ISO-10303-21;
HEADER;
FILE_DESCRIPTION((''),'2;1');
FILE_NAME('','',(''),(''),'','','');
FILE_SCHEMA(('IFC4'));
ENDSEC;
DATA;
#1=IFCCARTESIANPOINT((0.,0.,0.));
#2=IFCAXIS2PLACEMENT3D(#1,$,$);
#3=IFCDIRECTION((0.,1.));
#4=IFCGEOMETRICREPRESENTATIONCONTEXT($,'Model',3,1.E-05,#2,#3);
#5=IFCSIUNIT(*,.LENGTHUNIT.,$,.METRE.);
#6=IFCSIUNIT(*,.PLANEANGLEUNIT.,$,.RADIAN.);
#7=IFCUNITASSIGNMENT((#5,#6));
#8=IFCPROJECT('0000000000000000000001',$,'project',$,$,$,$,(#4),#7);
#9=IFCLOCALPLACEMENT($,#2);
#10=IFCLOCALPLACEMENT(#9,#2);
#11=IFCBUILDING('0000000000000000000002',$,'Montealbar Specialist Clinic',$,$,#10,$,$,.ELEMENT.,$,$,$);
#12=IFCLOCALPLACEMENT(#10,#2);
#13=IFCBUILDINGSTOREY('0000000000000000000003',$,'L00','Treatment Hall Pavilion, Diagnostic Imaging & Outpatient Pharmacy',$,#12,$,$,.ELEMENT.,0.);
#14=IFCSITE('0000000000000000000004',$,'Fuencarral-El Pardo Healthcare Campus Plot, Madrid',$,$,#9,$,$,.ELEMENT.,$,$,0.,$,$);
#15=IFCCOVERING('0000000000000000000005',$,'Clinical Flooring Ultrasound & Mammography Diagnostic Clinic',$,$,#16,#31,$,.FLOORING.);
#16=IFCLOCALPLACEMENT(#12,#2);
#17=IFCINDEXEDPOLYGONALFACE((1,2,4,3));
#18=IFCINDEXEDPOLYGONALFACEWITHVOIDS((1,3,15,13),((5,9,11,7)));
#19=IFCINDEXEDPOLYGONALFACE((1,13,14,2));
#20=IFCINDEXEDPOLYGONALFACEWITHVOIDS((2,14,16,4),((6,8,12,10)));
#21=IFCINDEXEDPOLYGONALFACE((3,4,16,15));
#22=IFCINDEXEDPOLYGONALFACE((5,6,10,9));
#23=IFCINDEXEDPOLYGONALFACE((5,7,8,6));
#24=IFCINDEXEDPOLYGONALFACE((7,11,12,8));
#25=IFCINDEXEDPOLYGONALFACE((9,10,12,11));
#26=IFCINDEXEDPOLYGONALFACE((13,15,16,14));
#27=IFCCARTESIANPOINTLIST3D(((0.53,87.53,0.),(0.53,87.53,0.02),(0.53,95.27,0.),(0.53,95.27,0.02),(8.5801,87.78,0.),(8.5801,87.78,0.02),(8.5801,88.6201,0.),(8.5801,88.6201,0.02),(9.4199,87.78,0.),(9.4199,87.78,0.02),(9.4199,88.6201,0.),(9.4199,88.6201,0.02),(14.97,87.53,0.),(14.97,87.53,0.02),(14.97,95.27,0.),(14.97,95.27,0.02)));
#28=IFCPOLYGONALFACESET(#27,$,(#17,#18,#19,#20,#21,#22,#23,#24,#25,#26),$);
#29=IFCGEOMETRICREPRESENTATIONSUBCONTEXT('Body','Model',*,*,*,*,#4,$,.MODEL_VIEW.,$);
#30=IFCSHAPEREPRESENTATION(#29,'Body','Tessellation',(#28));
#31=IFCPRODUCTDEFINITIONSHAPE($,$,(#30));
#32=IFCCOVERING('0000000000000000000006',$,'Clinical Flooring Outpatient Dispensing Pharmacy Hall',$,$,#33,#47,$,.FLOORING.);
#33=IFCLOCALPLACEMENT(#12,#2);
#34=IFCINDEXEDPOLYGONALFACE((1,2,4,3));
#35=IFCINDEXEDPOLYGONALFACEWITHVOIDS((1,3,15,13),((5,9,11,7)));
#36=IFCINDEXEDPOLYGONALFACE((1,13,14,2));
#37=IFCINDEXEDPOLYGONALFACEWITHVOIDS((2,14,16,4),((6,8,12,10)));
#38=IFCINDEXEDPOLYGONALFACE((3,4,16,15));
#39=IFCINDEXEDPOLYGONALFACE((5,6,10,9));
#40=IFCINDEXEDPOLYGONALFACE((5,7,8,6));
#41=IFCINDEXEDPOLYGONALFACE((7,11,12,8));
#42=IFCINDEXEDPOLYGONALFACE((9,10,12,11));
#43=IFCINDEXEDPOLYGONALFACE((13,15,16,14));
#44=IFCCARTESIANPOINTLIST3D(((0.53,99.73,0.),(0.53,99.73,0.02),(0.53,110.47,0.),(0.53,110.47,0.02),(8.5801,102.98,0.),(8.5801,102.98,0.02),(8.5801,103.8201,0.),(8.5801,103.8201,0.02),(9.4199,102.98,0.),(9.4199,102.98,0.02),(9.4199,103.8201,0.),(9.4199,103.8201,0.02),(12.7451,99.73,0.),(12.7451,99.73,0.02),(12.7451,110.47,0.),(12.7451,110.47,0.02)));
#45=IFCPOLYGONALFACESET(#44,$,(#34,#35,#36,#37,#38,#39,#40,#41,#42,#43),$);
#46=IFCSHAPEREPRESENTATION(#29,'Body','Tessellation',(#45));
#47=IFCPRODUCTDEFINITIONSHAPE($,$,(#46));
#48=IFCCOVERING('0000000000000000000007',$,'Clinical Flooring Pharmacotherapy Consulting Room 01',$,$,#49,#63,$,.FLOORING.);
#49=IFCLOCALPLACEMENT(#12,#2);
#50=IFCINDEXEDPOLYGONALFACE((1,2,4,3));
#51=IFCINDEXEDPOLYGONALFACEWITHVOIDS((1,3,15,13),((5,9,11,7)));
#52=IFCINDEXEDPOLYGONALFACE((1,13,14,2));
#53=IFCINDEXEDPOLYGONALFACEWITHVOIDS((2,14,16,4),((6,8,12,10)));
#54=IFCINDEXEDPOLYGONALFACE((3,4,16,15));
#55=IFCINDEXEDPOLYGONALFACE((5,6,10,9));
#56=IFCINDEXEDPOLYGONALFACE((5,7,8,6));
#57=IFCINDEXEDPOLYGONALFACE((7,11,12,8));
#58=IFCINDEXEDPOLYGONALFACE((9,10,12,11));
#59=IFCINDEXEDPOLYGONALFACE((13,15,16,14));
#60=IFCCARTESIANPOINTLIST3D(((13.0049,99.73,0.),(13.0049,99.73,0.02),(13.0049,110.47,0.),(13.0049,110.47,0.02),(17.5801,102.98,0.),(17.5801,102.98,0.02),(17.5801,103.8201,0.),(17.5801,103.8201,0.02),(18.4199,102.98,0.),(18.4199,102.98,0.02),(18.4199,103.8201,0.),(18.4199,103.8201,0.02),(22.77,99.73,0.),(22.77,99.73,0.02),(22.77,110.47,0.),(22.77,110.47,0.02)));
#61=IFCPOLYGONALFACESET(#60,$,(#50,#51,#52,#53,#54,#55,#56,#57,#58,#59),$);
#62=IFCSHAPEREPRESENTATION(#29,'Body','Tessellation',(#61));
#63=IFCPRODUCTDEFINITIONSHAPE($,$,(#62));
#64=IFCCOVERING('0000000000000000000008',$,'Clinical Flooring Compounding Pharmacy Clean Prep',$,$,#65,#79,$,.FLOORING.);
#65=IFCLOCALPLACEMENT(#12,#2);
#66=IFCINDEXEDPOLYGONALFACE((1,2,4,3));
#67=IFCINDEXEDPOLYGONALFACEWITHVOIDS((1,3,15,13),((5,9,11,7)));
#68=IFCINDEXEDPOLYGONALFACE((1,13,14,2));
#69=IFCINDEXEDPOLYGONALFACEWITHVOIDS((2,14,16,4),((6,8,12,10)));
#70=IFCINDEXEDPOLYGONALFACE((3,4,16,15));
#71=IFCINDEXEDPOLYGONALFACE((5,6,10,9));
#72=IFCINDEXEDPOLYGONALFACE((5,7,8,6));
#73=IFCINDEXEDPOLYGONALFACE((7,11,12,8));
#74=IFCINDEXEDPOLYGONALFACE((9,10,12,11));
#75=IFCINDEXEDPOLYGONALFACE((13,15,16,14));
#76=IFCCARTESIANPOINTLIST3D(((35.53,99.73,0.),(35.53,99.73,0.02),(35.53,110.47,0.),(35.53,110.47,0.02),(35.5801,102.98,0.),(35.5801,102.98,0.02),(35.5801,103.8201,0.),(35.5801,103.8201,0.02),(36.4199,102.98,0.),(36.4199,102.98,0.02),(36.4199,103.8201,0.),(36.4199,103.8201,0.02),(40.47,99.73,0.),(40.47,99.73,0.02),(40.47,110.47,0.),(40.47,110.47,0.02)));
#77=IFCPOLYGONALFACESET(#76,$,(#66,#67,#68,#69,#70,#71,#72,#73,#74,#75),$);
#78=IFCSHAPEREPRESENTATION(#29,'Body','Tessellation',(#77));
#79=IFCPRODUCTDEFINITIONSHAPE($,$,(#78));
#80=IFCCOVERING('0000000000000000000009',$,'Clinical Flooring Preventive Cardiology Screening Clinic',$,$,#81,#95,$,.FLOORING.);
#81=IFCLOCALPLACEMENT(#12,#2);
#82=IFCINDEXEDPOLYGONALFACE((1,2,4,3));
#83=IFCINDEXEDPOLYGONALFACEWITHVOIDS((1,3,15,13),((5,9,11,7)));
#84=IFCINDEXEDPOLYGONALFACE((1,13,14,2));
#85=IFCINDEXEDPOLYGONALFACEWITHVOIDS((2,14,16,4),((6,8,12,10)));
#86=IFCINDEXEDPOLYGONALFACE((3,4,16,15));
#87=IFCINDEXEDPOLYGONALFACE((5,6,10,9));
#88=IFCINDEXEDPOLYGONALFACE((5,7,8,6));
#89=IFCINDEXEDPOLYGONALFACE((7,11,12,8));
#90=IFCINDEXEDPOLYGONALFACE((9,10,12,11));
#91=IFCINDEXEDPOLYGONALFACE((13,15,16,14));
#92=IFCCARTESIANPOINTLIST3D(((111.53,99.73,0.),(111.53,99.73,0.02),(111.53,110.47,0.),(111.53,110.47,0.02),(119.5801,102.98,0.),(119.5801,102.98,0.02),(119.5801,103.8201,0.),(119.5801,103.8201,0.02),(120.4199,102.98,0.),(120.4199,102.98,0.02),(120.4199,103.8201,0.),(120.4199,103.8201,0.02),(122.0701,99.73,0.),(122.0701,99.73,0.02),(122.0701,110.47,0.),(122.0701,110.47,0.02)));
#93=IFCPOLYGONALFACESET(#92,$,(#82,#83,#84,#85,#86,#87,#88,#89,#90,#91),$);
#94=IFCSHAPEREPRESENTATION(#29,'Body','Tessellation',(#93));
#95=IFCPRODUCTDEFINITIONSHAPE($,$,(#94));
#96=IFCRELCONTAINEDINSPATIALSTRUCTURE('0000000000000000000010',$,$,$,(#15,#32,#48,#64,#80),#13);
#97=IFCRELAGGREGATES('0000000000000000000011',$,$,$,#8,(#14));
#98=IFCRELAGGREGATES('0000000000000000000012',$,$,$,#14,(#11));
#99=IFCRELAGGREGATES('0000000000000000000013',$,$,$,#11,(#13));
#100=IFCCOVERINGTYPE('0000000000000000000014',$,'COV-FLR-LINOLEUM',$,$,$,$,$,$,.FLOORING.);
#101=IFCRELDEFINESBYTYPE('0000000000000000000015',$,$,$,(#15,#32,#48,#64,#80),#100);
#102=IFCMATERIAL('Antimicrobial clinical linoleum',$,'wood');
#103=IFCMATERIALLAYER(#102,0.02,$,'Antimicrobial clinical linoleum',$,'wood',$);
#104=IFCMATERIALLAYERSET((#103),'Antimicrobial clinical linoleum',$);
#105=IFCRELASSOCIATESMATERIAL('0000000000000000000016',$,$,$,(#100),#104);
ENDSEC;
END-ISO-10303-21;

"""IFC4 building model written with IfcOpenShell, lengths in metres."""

from ifc_helpers import new_model, si_unit, direction, origin, place, context, subcontext, project, spatial, polyline, outline, extrude, material, layer, layer_set, type_object, element, save


model = new_model("IFC4")

# Units and contexts
model_context = context("Model", 3, precision=1e-05, world=origin(), true_north=direction((0.0, 1.0)))
body_context = subcontext(model_context, "Body", "Model", "MODEL_VIEW")
ifc_project = project(units=[si_unit("LENGTHUNIT", "METRE"), si_unit("PLANEANGLEUNIT", "RADIAN")], contexts=[model_context])

# Site, building, storey
site_placement = place(None, origin())
site = spatial("IfcSite", under=ifc_project, at=site_placement, Name="Fuencarral-El Pardo Healthcare Campus Plot, Madrid", CompositionType="ELEMENT", RefElevation=0.0)
building_placement = place(site_placement, origin())
building = spatial("IfcBuilding", under=site, at=building_placement, Name="Montealbar Specialist Clinic", CompositionType="ELEMENT")
storey_placement = place(building_placement, origin())
storey = spatial("IfcBuildingStorey", under=building, at=storey_placement, Name="L00", Description="Treatment Hall Pavilion, Diagnostic Imaging & Outpatient Pharmacy", CompositionType="ELEMENT", Elevation=0.0)

# Coverings
ifc_material_1 = material(Name="Antimicrobial clinical linoleum", Category="wood")
ifc_layer_1 = layer(ifc_material_1, 0.02, Name="Antimicrobial clinical linoleum", Category="wood")
ifc_layer_set_1 = layer_set([ifc_layer_1], Name="Antimicrobial clinical linoleum")
covering_type = type_object("IfcCoveringType", Name="COV-FLR-LINOLEUM", PredefinedType="FLOORING", material=ifc_layer_set_1)
covering_1_placement = place(storey_placement, origin())
element("IfcCovering", 1, at=covering_1_placement, inside=storey, type_object=covering_type, Name="Clinical Flooring Ultrasound & Mammography Diagnostic Clinic", PredefinedType="FLOORING", context=body_context, shape_type="SweptSolid", body=[
    extrude(outline(polyline([(0.53, 95.27), (14.97, 95.27), (14.97, 87.53), (0.53, 87.53), (0.53, 95.27)]), holes=[polyline([(9.4199, 88.6201), (8.5801, 88.6201), (8.5801, 87.78), (9.4199, 87.78), (9.4199, 88.6201)])]), origin(), (0.0, 0.0, 1.0), 0.02),
])
covering_2_placement = place(storey_placement, origin())
element("IfcCovering", 2, at=covering_2_placement, inside=storey, type_object=covering_type, Name="Clinical Flooring Outpatient Dispensing Pharmacy Hall", PredefinedType="FLOORING", context=body_context, shape_type="SweptSolid", body=[
    extrude(outline(polyline([(0.53, 110.47), (12.7451, 110.47), (12.7451, 99.73), (0.53, 99.73), (0.53, 110.47)]), holes=[polyline([(9.4199, 103.8201), (8.5801, 103.8201), (8.5801, 102.98), (9.4199, 102.98), (9.4199, 103.8201)])]), origin(), (0.0, 0.0, 1.0), 0.02),
])
covering_3_placement = place(storey_placement, origin())
element("IfcCovering", 3, at=covering_3_placement, inside=storey, type_object=covering_type, Name="Clinical Flooring Pharmacotherapy Consulting Room 01", PredefinedType="FLOORING", context=body_context, shape_type="SweptSolid", body=[
    extrude(outline(polyline([(13.0049, 110.47), (22.77, 110.47), (22.77, 99.73), (13.0049, 99.73), (13.0049, 110.47)]), holes=[polyline([(18.4199, 103.8201), (17.5801, 103.8201), (17.5801, 102.98), (18.4199, 102.98), (18.4199, 103.8201)])]), origin(), (0.0, 0.0, 1.0), 0.02),
])
covering_4_placement = place(storey_placement, origin())
element("IfcCovering", 4, at=covering_4_placement, inside=storey, type_object=covering_type, Name="Clinical Flooring Compounding Pharmacy Clean Prep", PredefinedType="FLOORING", context=body_context, shape_type="SweptSolid", body=[
    extrude(outline(polyline([(35.53, 110.47), (40.47, 110.47), (40.47, 99.73), (35.53, 99.73), (35.53, 110.47)]), holes=[polyline([(35.5801, 103.8201), (35.5801, 102.98), (36.4199, 102.98), (36.4199, 103.8201), (35.5801, 103.8201)])]), origin(), (0.0, 0.0, 1.0), 0.02),
])
covering_5_placement = place(storey_placement, origin())
element("IfcCovering", 5, at=covering_5_placement, inside=storey, type_object=covering_type, Name="Clinical Flooring Preventive Cardiology Screening Clinic", PredefinedType="FLOORING", context=body_context, shape_type="SweptSolid", body=[
    extrude(outline(polyline([(111.53, 110.47), (122.0701, 110.47), (122.0701, 99.73), (111.53, 99.73), (111.53, 110.47)]), holes=[polyline([(120.4199, 103.8201), (119.5801, 103.8201), (119.5801, 102.98), (120.4199, 102.98), (120.4199, 103.8201)])]), origin(), (0.0, 0.0, 1.0), 0.02),
])

save(model, "model.ifc")
